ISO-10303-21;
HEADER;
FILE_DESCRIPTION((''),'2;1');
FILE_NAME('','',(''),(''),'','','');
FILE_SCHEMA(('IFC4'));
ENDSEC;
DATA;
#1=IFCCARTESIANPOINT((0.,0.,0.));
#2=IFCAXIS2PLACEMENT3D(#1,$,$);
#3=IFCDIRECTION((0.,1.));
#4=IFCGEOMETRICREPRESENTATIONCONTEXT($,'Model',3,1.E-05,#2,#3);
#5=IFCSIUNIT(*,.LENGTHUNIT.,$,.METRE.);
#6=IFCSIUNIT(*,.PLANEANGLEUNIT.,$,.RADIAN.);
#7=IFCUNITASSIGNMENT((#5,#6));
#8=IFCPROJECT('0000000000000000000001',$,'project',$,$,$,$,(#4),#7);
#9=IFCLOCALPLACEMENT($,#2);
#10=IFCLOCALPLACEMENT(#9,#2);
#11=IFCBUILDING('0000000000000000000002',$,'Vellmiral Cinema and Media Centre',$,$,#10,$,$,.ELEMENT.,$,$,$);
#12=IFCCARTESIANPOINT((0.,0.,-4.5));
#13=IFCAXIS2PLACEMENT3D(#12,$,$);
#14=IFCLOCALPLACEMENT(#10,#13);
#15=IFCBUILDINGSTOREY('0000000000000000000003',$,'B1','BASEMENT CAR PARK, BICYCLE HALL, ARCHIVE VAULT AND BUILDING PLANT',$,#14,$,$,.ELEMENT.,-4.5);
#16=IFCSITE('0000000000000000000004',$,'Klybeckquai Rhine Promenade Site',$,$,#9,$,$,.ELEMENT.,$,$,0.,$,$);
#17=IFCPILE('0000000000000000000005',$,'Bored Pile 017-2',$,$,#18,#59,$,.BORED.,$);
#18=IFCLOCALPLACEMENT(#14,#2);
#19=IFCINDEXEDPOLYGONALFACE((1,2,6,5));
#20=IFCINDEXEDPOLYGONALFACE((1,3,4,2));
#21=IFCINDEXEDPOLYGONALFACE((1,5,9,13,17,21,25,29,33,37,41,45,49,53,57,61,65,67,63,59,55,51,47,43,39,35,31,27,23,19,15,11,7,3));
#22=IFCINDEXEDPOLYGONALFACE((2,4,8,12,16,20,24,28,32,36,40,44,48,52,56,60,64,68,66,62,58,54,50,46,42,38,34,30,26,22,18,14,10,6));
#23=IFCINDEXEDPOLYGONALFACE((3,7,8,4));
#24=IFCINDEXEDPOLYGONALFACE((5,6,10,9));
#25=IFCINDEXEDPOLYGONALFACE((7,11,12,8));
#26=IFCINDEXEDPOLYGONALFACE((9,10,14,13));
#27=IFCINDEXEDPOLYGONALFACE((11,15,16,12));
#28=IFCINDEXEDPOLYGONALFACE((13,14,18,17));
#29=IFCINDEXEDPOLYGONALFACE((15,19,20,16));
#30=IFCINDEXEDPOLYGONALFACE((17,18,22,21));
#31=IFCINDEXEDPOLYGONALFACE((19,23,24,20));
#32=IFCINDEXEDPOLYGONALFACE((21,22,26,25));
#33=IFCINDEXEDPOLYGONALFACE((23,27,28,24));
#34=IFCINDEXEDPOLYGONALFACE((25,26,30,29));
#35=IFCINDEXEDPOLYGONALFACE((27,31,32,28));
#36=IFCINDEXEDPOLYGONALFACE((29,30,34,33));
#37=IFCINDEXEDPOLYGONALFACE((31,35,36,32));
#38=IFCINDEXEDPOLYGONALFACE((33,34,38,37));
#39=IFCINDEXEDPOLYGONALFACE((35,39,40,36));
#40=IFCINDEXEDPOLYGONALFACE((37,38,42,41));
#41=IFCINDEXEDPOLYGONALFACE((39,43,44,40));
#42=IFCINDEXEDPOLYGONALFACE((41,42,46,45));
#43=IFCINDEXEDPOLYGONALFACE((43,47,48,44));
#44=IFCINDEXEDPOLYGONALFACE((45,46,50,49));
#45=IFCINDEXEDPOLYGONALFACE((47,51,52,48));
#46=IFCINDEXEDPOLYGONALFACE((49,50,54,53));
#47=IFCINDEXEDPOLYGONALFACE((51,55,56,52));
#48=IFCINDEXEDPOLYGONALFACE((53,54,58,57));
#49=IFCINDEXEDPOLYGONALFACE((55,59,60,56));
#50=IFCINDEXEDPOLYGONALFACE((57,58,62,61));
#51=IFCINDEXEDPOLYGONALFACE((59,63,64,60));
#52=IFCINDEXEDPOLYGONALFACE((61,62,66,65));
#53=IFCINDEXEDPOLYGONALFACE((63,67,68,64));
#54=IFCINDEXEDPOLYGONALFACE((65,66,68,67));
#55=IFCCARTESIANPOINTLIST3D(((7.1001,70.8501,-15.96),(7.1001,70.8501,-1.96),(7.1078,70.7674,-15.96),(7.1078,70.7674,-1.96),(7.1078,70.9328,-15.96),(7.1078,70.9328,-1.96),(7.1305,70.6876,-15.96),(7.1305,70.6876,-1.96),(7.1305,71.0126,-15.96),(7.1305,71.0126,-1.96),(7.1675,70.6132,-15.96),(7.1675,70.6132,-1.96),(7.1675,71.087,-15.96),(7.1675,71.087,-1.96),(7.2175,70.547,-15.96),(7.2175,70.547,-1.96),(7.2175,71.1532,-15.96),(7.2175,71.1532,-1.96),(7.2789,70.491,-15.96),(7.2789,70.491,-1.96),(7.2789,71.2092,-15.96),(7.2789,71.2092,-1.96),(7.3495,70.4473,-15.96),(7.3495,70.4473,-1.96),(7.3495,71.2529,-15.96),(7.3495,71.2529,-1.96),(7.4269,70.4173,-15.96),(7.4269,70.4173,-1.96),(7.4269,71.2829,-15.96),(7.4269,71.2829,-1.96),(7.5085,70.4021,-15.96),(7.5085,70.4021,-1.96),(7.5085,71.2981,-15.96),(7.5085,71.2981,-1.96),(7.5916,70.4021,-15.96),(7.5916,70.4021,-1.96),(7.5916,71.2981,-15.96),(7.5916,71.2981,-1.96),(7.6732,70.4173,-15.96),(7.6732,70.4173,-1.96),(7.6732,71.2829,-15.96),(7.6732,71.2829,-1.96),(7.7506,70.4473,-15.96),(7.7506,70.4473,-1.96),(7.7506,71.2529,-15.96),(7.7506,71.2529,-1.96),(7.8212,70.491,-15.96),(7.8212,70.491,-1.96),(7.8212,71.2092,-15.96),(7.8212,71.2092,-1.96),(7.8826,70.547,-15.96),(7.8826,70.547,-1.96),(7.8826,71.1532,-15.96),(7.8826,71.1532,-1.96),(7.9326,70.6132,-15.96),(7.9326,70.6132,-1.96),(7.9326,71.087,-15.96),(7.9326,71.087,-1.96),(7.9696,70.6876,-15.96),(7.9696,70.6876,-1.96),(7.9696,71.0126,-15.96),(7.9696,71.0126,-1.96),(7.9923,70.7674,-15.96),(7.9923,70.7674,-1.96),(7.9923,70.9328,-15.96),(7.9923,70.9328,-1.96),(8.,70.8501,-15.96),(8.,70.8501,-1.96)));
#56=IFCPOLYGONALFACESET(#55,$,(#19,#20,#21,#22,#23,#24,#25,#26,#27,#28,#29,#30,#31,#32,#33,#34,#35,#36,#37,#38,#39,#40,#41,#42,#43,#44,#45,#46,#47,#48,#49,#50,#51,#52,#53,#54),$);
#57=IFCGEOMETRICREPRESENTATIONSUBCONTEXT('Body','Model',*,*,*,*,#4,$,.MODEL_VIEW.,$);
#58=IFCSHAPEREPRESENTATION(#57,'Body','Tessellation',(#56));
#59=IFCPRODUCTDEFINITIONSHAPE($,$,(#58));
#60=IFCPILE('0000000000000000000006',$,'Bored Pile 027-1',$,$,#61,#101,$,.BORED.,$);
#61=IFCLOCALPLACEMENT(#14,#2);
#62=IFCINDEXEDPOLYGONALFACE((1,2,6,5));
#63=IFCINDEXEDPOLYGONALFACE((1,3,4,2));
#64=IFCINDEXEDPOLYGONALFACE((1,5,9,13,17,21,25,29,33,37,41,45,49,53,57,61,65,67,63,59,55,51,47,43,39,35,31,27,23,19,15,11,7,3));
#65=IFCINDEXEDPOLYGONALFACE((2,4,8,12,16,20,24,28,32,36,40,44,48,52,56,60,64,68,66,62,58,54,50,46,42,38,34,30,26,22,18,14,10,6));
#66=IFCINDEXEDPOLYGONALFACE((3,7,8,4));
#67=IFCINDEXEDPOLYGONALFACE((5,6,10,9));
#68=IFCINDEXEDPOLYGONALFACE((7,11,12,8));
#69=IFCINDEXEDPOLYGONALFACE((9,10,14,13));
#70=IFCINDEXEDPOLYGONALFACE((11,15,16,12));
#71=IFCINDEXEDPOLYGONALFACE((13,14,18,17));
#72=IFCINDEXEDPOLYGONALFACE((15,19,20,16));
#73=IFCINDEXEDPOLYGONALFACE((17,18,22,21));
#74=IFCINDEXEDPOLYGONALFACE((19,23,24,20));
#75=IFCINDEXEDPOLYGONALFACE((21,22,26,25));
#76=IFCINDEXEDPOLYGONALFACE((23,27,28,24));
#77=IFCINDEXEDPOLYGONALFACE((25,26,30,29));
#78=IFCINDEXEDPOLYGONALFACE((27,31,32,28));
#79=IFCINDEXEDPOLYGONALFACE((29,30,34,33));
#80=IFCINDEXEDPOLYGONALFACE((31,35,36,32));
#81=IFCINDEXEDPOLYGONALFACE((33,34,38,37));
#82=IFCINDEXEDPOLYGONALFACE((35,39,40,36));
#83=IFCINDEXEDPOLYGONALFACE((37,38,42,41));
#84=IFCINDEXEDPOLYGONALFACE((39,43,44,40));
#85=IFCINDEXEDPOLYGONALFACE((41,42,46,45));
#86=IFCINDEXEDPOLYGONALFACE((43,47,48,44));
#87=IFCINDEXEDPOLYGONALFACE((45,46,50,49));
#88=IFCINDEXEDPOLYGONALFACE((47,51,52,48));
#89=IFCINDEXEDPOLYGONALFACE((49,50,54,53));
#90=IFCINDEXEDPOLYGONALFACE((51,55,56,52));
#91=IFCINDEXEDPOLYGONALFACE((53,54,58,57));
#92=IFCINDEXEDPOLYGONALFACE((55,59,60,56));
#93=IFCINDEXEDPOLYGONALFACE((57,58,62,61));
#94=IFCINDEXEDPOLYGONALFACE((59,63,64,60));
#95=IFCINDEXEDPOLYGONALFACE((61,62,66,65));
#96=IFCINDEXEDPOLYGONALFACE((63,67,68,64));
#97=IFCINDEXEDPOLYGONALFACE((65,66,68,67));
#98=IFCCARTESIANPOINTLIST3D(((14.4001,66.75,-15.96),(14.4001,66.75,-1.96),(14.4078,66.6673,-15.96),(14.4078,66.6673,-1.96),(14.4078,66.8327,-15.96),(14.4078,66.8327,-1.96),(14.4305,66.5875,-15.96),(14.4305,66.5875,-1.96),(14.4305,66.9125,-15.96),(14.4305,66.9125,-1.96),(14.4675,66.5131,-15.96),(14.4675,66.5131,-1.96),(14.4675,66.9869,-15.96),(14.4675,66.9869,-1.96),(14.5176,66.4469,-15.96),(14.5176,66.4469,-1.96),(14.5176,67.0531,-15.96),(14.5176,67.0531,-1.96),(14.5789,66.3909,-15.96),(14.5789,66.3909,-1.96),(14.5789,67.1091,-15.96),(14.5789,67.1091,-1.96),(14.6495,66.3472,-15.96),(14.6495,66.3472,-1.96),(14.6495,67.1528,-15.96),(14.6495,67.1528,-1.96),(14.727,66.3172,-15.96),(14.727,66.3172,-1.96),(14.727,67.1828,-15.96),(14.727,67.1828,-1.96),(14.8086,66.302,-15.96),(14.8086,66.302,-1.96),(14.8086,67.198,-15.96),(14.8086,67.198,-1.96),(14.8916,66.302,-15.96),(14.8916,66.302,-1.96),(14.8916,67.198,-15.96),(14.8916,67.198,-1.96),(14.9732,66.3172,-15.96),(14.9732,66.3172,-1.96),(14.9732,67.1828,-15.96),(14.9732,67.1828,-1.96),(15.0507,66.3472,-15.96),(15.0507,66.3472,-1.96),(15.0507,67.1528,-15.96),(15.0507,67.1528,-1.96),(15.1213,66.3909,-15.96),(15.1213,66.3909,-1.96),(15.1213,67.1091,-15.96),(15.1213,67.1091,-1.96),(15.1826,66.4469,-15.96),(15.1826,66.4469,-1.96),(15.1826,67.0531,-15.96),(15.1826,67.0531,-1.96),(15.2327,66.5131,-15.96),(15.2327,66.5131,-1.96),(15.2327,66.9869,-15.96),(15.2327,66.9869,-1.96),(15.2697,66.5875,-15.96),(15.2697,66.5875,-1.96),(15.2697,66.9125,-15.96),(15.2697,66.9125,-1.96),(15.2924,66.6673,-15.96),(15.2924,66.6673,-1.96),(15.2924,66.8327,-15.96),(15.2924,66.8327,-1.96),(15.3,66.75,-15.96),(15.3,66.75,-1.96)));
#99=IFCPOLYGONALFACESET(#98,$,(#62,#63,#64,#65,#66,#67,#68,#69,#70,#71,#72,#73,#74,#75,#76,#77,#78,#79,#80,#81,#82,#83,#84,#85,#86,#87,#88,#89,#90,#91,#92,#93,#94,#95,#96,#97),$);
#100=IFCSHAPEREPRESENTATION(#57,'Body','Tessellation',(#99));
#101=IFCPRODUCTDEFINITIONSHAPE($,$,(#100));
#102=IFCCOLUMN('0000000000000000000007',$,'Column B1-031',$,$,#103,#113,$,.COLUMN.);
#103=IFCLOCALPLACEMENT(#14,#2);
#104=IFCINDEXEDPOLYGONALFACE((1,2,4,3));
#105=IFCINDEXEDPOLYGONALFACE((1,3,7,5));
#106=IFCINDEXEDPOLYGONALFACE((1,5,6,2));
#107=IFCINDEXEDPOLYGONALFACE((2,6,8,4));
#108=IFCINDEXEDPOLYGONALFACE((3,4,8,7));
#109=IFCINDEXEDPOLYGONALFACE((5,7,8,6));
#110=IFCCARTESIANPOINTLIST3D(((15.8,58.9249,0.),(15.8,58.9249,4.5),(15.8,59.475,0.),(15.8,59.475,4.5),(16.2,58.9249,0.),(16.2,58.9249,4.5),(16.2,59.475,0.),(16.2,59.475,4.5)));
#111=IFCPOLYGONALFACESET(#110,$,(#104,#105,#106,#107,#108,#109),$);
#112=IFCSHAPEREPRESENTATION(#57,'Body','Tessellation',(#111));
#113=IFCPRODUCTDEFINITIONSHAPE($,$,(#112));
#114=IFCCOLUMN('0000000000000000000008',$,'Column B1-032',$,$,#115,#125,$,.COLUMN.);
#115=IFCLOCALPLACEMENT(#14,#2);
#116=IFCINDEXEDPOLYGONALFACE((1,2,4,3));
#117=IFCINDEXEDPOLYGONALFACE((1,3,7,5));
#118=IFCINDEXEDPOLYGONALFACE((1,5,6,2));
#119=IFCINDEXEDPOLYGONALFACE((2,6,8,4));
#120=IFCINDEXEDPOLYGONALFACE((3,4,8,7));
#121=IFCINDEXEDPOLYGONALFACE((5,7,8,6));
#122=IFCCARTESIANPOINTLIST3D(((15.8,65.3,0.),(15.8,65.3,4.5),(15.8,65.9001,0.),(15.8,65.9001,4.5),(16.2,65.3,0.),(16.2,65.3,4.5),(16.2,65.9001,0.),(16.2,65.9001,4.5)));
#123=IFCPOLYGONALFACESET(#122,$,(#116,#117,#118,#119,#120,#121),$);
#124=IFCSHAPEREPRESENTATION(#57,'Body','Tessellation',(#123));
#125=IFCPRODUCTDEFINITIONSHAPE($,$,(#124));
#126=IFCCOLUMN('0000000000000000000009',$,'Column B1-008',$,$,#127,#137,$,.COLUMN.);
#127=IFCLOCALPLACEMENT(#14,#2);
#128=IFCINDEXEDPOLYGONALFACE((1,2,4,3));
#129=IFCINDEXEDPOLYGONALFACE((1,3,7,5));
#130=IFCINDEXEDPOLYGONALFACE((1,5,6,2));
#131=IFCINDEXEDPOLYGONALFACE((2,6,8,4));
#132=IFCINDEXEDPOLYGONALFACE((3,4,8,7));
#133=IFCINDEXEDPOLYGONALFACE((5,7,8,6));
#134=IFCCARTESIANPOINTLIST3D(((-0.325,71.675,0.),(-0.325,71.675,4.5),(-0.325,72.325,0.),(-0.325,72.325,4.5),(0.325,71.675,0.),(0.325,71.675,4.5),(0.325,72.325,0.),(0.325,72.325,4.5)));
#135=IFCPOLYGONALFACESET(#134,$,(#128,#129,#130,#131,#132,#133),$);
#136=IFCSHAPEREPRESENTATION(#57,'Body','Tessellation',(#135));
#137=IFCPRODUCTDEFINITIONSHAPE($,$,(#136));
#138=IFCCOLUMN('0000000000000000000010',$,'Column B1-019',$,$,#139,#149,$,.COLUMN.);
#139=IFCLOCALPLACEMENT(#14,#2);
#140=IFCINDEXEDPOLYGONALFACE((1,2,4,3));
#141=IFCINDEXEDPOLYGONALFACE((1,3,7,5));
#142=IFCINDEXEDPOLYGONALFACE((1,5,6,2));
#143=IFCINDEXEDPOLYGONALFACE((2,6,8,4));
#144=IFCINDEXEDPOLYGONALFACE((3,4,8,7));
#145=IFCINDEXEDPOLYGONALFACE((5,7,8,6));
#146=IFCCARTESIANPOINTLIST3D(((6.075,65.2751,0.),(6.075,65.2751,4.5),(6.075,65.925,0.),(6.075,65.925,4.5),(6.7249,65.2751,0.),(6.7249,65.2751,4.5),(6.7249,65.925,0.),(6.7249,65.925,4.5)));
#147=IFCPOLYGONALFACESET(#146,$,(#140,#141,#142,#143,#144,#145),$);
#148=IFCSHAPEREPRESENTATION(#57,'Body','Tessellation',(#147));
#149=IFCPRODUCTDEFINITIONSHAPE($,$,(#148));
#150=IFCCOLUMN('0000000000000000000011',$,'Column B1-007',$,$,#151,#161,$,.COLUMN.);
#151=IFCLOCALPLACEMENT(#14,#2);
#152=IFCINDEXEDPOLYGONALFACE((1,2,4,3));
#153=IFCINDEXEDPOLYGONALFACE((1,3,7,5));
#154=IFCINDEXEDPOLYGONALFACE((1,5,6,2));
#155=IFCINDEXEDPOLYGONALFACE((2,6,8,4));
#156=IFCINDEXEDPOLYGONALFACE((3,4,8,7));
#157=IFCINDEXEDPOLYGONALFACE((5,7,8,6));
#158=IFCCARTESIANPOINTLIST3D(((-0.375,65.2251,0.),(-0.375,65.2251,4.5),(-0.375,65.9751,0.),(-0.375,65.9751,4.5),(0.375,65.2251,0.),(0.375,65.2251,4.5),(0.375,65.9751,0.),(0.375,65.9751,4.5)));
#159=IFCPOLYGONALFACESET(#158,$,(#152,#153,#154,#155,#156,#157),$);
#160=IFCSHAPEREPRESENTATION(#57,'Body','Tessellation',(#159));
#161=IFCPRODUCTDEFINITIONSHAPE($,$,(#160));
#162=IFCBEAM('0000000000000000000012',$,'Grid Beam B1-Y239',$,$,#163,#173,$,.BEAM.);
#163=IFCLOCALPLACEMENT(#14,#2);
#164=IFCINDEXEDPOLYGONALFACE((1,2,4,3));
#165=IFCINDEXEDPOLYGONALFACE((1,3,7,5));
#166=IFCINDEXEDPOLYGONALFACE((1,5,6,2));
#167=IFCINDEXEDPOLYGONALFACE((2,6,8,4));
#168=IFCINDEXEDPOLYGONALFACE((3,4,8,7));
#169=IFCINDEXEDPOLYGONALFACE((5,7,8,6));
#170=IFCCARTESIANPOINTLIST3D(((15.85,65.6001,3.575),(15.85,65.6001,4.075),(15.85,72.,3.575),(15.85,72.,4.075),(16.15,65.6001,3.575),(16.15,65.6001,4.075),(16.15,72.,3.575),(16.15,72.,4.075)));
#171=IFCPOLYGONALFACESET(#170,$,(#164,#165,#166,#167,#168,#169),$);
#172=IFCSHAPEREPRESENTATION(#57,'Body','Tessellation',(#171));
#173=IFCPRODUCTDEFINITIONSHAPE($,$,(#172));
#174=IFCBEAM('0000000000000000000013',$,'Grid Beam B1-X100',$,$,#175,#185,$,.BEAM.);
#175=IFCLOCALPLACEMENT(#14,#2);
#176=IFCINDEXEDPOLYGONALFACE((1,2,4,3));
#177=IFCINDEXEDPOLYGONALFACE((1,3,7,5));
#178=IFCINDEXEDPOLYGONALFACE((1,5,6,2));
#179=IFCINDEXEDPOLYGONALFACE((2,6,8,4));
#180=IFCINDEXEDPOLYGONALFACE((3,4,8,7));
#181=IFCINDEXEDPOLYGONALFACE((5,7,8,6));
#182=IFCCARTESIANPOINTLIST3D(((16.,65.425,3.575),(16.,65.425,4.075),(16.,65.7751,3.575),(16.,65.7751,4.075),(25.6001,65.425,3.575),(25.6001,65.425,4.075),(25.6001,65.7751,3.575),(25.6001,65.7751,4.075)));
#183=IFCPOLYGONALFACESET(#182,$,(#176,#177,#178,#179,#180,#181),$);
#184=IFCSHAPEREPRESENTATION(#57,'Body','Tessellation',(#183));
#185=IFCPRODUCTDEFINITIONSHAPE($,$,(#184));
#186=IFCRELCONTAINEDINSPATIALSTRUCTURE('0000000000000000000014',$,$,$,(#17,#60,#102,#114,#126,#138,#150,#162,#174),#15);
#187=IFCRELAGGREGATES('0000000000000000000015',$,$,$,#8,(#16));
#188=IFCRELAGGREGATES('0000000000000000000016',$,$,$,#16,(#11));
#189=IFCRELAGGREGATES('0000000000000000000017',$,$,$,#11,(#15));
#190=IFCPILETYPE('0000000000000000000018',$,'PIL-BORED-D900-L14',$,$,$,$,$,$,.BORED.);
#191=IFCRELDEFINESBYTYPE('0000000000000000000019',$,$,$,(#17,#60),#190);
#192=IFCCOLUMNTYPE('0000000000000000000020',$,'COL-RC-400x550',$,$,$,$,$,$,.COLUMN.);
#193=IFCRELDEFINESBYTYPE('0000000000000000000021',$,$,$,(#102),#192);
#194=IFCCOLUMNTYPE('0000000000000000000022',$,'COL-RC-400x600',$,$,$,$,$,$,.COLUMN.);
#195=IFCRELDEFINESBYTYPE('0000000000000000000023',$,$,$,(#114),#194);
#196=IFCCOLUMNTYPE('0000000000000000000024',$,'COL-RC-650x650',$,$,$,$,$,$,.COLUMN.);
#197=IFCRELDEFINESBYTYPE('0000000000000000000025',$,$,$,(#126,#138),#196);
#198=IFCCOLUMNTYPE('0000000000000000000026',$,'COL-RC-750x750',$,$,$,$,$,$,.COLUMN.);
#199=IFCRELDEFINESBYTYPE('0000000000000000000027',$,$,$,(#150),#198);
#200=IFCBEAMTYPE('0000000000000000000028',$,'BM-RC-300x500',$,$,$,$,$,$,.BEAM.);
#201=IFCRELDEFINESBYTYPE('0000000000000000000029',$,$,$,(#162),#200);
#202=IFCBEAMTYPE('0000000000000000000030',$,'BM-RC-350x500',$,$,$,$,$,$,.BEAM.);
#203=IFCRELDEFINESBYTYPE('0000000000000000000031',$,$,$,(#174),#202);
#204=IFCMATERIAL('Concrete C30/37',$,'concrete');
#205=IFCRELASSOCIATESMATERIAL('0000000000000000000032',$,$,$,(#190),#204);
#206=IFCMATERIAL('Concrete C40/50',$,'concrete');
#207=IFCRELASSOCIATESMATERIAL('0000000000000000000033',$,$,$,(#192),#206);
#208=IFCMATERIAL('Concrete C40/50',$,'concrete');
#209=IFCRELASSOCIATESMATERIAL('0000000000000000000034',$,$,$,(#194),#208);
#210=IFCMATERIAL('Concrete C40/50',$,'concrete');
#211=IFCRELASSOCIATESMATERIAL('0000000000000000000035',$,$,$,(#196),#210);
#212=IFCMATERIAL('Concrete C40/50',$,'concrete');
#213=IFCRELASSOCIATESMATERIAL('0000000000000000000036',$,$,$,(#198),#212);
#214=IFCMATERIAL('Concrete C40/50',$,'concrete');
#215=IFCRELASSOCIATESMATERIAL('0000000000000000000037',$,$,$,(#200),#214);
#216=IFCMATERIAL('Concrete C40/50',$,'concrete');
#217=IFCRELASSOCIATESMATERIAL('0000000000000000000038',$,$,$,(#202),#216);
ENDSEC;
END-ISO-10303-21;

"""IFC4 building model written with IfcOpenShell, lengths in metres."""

from ifc_helpers import new_model, si_unit, direction, frame, origin, origin_2d, place, context, subcontext, project, spatial, rectangle, circle, extrude, material, material_profile, profile_set, type_object, element, save


model = new_model("IFC4")

# Units and contexts
model_context = context("Model", 3, precision=1e-05, world=origin(), true_north=direction((0.0, 1.0)))
body_context = subcontext(model_context, "Body", "Model", "MODEL_VIEW")
ifc_project = project(units=[si_unit("LENGTHUNIT", "METRE"), si_unit("PLANEANGLEUNIT", "RADIAN")], contexts=[model_context])

# Site, building, storey
site_placement = place(None, origin())
site = spatial("IfcSite", under=ifc_project, at=site_placement, Name="Klybeckquai Rhine Promenade Site", CompositionType="ELEMENT", RefElevation=0.0)
building_placement = place(site_placement, origin())
building = spatial("IfcBuilding", under=site, at=building_placement, Name="Vellmiral Cinema and Media Centre", CompositionType="ELEMENT")
storey_placement = place(building_placement, frame((0.0, 0.0, -4.5)))
storey = spatial("IfcBuildingStorey", under=building, at=storey_placement, Name="B1", Description="BASEMENT CAR PARK, BICYCLE HALL, ARCHIVE VAULT AND BUILDING PLANT", CompositionType="ELEMENT", Elevation=-4.5)

# Piles
ifc_material_1 = material(Name="Concrete C30/37", Category="concrete")
ifc_material_profile_1 = material_profile(ifc_material_1, circle(Radius=0.45, at=origin_2d()), Name="PILE D900")
ifc_profile_set_1 = profile_set([ifc_material_profile_1], Name="Concrete C30/37")
pile_type_1 = type_object("IfcPileType", Name="PIL-BORED-D900-L14", PredefinedType="BORED", material=ifc_profile_set_1)
for number, where, z_axis, x_axis, name in (
    (1, (7.55, 70.8501, -1.96), (0.0, 0.0, -1.0), (1.0, 0.0, 0.0), "Bored Pile 017-2"),
    (2, (14.8501, 66.75, -1.96), (0.0, 0.0, -1.0), (1.0, 0.0, 0.0), "Bored Pile 027-1"),
):
    element("IfcPile", number, at=place(storey_placement, frame(where, z_axis=z_axis, x_axis=x_axis)), inside=storey, type_object=pile_type_1, Name=name, PredefinedType="BORED", context=body_context, shape_type="SweptSolid", body=[
        extrude(circle(Radius=0.45, at=origin_2d()), origin(), (0.0, 0.0, 1.0), 14.0),
    ])

# Columns
ifc_material_2 = material(Name="Concrete C40/50", Category="concrete")
ifc_material_profile_2 = material_profile(ifc_material_2, rectangle(XDim=0.3999, YDim=0.55, at=origin_2d()), Name="RC 400x550")
ifc_profile_set_2 = profile_set([ifc_material_profile_2], Name="Concrete C40/50")
column_type_1 = type_object("IfcColumnType", Name="COL-RC-400x550", PredefinedType="COLUMN", material=ifc_profile_set_2)
column_1_placement = place(storey_placement, frame((16.0, 59.2, 0.0), z_axis=(0.0, 0.0, 1.0), x_axis=(1.0, 0.0, 0.0)))
element("IfcColumn", 3, at=column_1_placement, inside=storey, type_object=column_type_1, Name="Column B1-031", PredefinedType="COLUMN", context=body_context, shape_type="SweptSolid", body=[
    extrude(rectangle(XDim=0.3999, YDim=0.55, at=origin_2d()), origin(), (0.0, 0.0, 1.0), 4.5),
])
ifc_material_3 = material(Name="Concrete C40/50", Category="concrete")
ifc_material_profile_3 = material_profile(ifc_material_3, rectangle(XDim=0.3999, YDim=0.6001, at=origin_2d()), Name="RC 400x600")
ifc_profile_set_3 = profile_set([ifc_material_profile_3], Name="Concrete C40/50")
column_type_2 = type_object("IfcColumnType", Name="COL-RC-400x600", PredefinedType="COLUMN", material=ifc_profile_set_3)
column_2_placement = place(storey_placement, frame((16.0, 65.6001, 0.0), z_axis=(0.0, 0.0, 1.0), x_axis=(1.0, 0.0, 0.0)))
element("IfcColumn", 4, at=column_2_placement, inside=storey, type_object=column_type_2, Name="Column B1-032", PredefinedType="COLUMN", context=body_context, shape_type="SweptSolid", body=[
    extrude(rectangle(XDim=0.3999, YDim=0.6001, at=origin_2d()), origin(), (0.0, 0.0, 1.0), 4.5),
])
ifc_material_4 = material(Name="Concrete C40/50", Category="concrete")
ifc_material_profile_4 = material_profile(ifc_material_4, rectangle(XDim=0.6499, YDim=0.6499, at=origin_2d()), Name="RC 650x650")
ifc_profile_set_4 = profile_set([ifc_material_profile_4], Name="Concrete C40/50")
column_type_3 = type_object("IfcColumnType", Name="COL-RC-650x650", PredefinedType="COLUMN", material=ifc_profile_set_4)
for number, where, z_axis, x_axis, name in (
    (5, (0.0, 72.0, 0.0), (0.0, 0.0, 1.0), (1.0, 0.0, 0.0), "Column B1-008"),
    (6, (6.3999, 65.6001, 0.0), (0.0, 0.0, 1.0), (1.0, 0.0, 0.0), "Column B1-019"),
):
    element("IfcColumn", number, at=place(storey_placement, frame(where, z_axis=z_axis, x_axis=x_axis)), inside=storey, type_object=column_type_3, Name=name, PredefinedType="COLUMN", context=body_context, shape_type="SweptSolid", body=[
        extrude(rectangle(XDim=0.6499, YDim=0.6499, at=origin_2d()), origin(), (0.0, 0.0, 1.0), 4.5),
    ])
ifc_material_5 = material(Name="Concrete C40/50", Category="concrete")
ifc_material_profile_5 = material_profile(ifc_material_5, rectangle(XDim=0.75, YDim=0.75, at=origin_2d()), Name="RC 750x750")
ifc_profile_set_5 = profile_set([ifc_material_profile_5], Name="Concrete C40/50")
column_type_4 = type_object("IfcColumnType", Name="COL-RC-750x750", PredefinedType="COLUMN", material=ifc_profile_set_5)
column_3_placement = place(storey_placement, frame((0.0, 65.6001, 0.0), z_axis=(0.0, 0.0, 1.0), x_axis=(1.0, 0.0, 0.0)))
element("IfcColumn", 7, at=column_3_placement, inside=storey, type_object=column_type_4, Name="Column B1-007", PredefinedType="COLUMN", context=body_context, shape_type="SweptSolid", body=[
    extrude(rectangle(XDim=0.75, YDim=0.75, at=origin_2d()), origin(), (0.0, 0.0, 1.0), 4.5),
])

# Beams
ifc_material_6 = material(Name="Concrete C40/50", Category="concrete")
ifc_material_profile_6 = material_profile(ifc_material_6, rectangle(XDim=0.3, YDim=0.5, at=origin_2d()), Name="RC 300x500")
ifc_profile_set_6 = profile_set([ifc_material_profile_6], Name="Concrete C40/50")
beam_type_1 = type_object("IfcBeamType", Name="BM-RC-300x500", PredefinedType="BEAM", material=ifc_profile_set_6)
beam_1_placement = place(storey_placement, frame((16.0, 65.6001, 3.825), z_axis=(0.0, 1.0, 0.0), x_axis=(-1.0, 0.0, 0.0)))
element("IfcBeam", 8, at=beam_1_placement, inside=storey, type_object=beam_type_1, Name="Grid Beam B1-Y239", PredefinedType="BEAM", context=body_context, shape_type="SweptSolid", body=[
    extrude(rectangle(XDim=0.3, YDim=0.5, at=origin_2d()), origin(), (0.0, 0.0, 1.0), 6.3999),
])
ifc_material_7 = material(Name="Concrete C40/50", Category="concrete")
ifc_material_profile_7 = material_profile(ifc_material_7, rectangle(XDim=0.3501, YDim=0.5, at=origin_2d()), Name="RC 350x500")
ifc_profile_set_7 = profile_set([ifc_material_profile_7], Name="Concrete C40/50")
beam_type_2 = type_object("IfcBeamType", Name="BM-RC-350x500", PredefinedType="BEAM", material=ifc_profile_set_7)
beam_2_placement = place(storey_placement, frame((16.0, 65.6001, 3.825), z_axis=(1.0, 0.0, 0.0), x_axis=(0.0, 1.0, 0.0)))
element("IfcBeam", 9, at=beam_2_placement, inside=storey, type_object=beam_type_2, Name="Grid Beam B1-X100", PredefinedType="BEAM", context=body_context, shape_type="SweptSolid", body=[
    extrude(rectangle(XDim=0.3501, YDim=0.5, at=origin_2d()), origin(), (0.0, 0.0, 1.0), 9.6001),
])

save(model, "model.ifc")
